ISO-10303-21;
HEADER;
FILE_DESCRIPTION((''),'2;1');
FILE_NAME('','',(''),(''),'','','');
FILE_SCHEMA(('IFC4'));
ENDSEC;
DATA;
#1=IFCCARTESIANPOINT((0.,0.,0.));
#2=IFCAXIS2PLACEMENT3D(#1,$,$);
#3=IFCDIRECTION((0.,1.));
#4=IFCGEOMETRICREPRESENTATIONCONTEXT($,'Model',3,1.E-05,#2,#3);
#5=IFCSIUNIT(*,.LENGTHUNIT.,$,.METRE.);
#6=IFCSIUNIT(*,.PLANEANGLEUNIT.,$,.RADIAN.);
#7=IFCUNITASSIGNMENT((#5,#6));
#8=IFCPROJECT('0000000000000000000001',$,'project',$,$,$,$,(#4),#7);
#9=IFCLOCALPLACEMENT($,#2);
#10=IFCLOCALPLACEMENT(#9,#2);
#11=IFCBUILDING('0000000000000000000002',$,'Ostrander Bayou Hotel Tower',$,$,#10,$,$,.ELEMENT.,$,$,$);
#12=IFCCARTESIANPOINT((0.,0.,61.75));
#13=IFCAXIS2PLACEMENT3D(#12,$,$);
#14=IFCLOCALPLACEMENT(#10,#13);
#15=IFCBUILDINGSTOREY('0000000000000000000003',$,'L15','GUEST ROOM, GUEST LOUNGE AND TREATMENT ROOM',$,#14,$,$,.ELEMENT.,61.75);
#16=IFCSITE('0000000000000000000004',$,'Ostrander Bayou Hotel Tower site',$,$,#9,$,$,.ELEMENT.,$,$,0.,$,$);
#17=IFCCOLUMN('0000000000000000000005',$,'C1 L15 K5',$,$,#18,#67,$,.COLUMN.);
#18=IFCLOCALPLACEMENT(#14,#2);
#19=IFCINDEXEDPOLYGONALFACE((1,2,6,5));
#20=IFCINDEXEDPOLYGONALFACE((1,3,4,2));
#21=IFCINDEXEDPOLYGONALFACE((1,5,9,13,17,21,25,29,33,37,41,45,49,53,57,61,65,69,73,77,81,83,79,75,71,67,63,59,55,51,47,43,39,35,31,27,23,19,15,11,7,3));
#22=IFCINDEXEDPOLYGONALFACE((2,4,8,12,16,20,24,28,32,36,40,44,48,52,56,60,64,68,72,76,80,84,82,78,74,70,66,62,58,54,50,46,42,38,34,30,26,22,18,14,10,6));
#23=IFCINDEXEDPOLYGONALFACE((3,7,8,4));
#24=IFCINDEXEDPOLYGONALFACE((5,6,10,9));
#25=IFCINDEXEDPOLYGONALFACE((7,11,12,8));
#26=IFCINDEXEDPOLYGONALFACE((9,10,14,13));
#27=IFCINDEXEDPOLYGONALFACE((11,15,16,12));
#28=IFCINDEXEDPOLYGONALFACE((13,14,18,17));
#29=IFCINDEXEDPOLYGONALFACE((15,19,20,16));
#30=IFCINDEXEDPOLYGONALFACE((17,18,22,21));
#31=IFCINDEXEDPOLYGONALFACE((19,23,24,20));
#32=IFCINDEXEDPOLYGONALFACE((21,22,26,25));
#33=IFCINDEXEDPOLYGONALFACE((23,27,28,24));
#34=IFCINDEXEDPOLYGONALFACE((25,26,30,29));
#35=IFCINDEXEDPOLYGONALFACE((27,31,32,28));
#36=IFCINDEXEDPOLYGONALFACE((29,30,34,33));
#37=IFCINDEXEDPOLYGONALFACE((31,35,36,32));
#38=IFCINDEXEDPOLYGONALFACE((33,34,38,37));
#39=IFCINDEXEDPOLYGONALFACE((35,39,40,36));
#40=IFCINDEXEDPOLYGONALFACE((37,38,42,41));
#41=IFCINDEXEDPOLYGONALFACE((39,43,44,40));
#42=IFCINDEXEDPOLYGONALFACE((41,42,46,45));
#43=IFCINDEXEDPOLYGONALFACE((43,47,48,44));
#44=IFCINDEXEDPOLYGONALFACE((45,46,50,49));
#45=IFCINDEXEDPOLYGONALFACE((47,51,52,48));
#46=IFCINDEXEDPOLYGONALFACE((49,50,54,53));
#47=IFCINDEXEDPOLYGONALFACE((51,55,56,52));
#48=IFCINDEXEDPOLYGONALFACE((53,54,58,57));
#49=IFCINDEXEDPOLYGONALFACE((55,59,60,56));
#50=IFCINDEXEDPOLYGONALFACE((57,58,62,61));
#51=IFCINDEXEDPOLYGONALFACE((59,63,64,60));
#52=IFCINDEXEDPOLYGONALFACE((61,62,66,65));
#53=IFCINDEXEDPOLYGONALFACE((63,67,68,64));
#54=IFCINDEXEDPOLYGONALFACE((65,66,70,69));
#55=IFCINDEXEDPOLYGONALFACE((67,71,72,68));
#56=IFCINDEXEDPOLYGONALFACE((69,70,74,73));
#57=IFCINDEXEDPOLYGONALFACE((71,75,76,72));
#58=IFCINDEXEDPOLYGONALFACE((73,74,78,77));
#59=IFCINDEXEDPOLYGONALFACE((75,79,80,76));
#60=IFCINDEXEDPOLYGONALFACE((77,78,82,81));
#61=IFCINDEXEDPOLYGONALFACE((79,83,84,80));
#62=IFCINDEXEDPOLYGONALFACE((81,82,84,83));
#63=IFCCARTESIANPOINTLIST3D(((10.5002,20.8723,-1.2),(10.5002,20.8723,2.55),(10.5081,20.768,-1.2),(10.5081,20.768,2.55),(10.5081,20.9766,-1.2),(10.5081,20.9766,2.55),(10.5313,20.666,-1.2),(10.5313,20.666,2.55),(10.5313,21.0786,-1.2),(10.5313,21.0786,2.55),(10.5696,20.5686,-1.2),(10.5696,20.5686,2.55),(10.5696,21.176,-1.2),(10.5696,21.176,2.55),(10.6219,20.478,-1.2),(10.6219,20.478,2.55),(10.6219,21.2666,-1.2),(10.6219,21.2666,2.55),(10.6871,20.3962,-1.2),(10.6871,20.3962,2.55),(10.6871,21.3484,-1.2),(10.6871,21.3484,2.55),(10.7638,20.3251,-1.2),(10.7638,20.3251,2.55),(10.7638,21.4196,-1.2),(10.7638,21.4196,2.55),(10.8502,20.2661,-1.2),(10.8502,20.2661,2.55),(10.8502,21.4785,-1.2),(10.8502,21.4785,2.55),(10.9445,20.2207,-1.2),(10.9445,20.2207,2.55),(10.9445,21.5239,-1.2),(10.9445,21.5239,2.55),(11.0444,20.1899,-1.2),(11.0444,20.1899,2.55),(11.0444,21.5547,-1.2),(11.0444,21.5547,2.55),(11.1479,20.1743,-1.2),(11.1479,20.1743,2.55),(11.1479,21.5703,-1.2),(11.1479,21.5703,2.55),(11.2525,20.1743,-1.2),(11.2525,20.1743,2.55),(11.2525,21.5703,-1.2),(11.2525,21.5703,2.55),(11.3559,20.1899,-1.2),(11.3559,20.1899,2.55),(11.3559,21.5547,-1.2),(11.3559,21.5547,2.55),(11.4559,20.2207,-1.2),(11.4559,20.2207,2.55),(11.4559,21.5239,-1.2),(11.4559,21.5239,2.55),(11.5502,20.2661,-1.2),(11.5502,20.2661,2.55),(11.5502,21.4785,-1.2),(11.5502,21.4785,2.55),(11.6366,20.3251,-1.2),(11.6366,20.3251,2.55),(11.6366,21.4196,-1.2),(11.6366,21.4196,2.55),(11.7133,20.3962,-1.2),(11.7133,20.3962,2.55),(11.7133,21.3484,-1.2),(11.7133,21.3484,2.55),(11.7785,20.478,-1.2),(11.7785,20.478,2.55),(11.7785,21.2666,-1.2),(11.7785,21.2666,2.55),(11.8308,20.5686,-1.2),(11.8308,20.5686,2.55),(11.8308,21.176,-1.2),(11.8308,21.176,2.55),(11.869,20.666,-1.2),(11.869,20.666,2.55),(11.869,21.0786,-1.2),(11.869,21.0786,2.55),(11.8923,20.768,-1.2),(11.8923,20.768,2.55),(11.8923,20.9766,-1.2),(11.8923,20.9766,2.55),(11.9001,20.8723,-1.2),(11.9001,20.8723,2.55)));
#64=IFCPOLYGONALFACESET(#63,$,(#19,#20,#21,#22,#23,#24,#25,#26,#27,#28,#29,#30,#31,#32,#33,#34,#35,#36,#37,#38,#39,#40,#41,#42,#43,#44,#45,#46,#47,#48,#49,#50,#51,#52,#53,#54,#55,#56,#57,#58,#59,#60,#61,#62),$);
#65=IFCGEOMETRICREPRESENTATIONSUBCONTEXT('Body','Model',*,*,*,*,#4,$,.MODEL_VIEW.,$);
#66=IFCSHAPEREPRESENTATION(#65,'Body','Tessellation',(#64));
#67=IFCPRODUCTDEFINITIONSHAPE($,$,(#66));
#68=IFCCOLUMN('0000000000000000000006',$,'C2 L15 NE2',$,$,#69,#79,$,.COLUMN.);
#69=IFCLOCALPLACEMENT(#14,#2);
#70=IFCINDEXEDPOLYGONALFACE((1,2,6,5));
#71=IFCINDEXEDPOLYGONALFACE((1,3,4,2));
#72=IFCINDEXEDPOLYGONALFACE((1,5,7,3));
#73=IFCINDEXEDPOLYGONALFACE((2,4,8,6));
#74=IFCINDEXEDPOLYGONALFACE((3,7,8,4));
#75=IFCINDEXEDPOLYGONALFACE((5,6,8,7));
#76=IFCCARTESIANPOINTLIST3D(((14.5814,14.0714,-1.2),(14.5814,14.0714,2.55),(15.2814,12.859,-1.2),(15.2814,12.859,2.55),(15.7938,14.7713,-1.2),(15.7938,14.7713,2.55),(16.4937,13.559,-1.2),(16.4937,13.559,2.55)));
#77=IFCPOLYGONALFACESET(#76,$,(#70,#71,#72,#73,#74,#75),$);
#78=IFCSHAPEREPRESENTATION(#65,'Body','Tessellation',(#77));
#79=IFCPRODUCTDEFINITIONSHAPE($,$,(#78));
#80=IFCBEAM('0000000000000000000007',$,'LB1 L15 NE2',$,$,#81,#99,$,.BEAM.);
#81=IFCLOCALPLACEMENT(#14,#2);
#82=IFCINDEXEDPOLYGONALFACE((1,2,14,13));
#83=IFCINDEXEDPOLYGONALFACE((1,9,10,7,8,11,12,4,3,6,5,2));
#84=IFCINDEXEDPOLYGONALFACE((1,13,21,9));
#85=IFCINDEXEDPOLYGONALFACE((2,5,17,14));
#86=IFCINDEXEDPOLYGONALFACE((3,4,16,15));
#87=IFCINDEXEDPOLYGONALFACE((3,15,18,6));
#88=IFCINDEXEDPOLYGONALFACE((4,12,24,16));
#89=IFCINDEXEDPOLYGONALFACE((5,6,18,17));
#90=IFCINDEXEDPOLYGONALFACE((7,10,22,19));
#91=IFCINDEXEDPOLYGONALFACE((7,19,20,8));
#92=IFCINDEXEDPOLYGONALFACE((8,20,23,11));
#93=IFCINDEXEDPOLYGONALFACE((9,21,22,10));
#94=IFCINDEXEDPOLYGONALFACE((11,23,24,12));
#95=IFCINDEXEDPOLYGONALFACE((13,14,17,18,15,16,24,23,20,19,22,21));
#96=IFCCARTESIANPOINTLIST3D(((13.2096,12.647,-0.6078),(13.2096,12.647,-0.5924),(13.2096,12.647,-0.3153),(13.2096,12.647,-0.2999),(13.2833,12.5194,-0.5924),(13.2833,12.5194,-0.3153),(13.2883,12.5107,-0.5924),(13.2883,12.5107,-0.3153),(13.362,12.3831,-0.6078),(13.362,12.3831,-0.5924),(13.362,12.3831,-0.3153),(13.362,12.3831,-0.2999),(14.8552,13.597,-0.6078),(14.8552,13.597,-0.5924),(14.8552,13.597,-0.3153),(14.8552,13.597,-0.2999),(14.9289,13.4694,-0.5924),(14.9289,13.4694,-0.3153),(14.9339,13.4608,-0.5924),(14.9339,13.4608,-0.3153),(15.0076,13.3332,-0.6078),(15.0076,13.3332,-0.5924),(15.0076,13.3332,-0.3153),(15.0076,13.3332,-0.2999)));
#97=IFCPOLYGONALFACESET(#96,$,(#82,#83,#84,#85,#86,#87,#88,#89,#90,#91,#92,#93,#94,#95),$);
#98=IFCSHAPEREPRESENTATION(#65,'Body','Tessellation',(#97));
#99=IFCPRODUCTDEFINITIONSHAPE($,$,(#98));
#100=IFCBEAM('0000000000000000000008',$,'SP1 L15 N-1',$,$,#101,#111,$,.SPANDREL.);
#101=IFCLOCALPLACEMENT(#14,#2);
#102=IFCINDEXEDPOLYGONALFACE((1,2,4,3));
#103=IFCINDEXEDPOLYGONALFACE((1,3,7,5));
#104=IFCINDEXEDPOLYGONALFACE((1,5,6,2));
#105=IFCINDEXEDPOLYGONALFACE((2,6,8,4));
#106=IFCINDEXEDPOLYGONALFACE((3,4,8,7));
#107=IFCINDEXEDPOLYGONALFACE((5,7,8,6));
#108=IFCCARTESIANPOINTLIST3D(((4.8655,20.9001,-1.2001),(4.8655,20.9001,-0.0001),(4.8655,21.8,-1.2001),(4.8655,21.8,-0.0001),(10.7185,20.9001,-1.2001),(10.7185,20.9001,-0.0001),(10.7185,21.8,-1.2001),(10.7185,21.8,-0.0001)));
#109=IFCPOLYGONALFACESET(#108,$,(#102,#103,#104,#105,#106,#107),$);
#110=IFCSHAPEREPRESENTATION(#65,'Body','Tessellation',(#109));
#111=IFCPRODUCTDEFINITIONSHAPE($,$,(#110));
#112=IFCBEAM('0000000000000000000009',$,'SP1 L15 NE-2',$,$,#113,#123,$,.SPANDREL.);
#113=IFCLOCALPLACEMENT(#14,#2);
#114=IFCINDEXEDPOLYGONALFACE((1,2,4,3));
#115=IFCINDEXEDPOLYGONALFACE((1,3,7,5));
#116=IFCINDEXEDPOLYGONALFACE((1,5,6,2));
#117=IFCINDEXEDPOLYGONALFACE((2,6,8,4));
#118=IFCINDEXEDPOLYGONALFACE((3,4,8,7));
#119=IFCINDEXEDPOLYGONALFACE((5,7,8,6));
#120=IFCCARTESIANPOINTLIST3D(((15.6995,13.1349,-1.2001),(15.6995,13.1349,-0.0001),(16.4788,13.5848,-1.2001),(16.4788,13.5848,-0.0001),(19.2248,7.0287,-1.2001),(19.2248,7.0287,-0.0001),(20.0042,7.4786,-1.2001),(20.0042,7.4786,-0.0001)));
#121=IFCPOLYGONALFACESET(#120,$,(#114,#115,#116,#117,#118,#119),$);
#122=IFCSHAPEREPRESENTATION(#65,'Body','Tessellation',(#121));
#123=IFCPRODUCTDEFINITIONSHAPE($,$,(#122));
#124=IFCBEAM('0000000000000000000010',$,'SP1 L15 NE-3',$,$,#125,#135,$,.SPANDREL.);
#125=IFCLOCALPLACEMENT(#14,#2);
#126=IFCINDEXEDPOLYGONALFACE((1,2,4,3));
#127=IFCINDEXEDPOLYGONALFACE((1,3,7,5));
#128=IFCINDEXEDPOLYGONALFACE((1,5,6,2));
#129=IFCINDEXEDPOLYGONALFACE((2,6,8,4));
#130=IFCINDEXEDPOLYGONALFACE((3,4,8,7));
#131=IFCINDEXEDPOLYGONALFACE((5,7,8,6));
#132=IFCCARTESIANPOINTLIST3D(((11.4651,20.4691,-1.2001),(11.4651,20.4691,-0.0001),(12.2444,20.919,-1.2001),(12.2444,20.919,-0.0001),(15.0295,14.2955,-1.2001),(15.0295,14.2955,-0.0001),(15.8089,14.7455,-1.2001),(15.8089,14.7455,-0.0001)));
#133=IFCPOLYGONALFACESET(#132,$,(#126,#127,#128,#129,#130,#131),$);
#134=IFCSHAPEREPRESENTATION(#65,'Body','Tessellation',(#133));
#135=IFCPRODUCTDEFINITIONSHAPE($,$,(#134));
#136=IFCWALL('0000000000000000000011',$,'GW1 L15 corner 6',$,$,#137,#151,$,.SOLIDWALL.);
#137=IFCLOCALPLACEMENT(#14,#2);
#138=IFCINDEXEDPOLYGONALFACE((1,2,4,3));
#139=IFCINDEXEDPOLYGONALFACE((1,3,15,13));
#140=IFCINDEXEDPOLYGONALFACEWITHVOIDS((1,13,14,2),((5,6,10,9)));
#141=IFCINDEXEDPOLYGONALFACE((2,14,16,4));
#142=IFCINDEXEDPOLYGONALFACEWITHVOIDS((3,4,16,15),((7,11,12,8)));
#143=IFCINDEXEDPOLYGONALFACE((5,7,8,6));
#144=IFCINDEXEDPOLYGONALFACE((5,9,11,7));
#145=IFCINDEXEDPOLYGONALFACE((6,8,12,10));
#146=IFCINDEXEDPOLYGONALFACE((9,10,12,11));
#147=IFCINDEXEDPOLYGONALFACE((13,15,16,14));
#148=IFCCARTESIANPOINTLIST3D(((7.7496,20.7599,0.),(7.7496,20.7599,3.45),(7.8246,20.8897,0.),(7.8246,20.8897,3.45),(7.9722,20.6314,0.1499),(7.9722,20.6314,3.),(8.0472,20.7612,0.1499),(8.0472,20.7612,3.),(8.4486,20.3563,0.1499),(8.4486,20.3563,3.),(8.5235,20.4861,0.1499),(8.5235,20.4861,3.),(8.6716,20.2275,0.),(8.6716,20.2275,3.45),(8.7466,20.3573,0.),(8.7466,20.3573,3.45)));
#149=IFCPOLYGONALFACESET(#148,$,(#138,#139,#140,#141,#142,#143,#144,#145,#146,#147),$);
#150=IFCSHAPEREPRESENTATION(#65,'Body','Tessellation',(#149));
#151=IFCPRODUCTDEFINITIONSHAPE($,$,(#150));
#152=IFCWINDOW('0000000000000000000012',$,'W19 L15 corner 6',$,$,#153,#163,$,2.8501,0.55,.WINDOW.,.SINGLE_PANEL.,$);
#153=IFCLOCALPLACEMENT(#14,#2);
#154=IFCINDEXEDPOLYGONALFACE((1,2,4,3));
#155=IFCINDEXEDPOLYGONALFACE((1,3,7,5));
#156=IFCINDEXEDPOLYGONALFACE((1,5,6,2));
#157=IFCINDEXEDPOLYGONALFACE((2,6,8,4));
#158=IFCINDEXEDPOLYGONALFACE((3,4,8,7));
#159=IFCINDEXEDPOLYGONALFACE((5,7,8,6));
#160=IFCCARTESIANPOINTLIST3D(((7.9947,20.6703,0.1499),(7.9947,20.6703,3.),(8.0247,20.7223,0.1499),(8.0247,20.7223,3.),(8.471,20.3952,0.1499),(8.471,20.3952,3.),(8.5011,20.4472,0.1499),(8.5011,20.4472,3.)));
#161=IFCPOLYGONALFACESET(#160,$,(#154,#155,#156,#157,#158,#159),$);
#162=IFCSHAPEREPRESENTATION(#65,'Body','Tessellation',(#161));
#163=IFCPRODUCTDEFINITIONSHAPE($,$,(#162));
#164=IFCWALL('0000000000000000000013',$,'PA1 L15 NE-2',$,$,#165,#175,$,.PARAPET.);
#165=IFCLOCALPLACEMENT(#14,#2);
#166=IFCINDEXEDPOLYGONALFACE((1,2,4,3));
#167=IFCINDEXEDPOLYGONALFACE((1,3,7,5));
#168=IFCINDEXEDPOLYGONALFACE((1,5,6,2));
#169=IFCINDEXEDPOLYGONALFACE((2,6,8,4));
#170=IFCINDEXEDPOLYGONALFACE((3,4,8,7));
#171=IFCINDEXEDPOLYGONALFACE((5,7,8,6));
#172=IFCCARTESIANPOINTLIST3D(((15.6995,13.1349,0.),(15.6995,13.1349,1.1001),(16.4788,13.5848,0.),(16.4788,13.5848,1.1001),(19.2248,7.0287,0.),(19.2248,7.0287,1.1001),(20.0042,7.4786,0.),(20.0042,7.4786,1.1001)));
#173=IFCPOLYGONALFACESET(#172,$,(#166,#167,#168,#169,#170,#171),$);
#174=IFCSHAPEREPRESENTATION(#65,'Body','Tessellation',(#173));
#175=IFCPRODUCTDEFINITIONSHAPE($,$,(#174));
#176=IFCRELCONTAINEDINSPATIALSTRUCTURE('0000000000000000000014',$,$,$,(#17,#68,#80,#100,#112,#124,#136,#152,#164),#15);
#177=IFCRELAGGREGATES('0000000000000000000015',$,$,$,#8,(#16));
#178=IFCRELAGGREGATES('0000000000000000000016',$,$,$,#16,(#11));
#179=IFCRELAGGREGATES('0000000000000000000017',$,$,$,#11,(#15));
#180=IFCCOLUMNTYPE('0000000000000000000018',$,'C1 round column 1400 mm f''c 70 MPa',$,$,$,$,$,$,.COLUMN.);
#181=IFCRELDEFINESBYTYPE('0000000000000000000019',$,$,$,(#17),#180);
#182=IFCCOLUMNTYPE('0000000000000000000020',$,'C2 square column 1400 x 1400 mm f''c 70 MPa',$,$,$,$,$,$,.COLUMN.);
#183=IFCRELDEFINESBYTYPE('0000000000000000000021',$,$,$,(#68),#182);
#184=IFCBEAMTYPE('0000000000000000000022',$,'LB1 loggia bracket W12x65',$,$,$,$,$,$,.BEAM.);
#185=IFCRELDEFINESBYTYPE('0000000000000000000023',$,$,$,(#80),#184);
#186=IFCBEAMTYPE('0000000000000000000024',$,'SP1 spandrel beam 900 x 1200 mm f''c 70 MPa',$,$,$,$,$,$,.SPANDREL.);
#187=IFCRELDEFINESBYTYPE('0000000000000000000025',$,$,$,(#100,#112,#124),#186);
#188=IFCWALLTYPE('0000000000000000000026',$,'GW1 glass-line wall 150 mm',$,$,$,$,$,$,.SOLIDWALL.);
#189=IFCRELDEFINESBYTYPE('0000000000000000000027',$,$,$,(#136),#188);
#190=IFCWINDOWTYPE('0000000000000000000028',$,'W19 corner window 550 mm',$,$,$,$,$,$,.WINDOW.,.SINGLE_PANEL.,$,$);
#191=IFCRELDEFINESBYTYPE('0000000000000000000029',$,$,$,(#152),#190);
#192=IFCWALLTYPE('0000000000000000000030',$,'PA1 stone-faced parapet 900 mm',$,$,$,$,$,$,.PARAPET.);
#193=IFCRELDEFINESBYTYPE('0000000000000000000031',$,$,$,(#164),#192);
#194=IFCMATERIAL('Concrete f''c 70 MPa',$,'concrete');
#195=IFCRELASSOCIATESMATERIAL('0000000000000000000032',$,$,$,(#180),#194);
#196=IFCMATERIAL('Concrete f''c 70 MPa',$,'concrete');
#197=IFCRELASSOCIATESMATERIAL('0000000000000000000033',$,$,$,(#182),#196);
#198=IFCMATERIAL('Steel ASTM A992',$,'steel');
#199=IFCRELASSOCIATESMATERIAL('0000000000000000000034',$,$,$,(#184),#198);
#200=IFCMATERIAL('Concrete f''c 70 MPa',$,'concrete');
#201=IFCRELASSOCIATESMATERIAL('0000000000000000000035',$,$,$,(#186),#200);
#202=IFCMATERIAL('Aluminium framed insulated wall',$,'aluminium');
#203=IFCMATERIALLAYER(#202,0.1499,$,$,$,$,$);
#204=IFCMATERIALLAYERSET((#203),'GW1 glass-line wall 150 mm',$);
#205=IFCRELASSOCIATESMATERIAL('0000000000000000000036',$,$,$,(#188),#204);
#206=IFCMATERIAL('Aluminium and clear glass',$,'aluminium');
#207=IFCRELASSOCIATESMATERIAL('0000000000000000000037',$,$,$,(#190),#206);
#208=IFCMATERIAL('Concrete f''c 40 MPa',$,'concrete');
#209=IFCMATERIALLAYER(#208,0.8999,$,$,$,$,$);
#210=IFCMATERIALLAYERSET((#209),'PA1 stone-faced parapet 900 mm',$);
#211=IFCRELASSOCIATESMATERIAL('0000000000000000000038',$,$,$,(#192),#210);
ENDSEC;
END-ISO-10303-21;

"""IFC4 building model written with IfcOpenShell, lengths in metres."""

from ifc_helpers import new_model, si_unit, direction, frame, frame_2d, origin, origin_2d, place, context, subcontext, project, spatial, rectangle, circle, i_section, extrude, material, layer, layer_set, material_profile, profile_set, type_object, element, fill, save


model = new_model("IFC4")

# Units and contexts
model_context = context("Model", 3, precision=1e-05, world=origin(), true_north=direction((0.0, 1.0)))
body_context = subcontext(model_context, "Body", "Model", "MODEL_VIEW")
ifc_project = project(units=[si_unit("LENGTHUNIT", "METRE"), si_unit("PLANEANGLEUNIT", "RADIAN")], contexts=[model_context])

# Site, building, storey
site_placement = place(None, origin())
site = spatial("IfcSite", under=ifc_project, at=site_placement, Name="Ostrander Bayou Hotel Tower site", CompositionType="ELEMENT", RefElevation=0.0)
building_placement = place(site_placement, origin())
building = spatial("IfcBuilding", under=site, at=building_placement, Name="Ostrander Bayou Hotel Tower", CompositionType="ELEMENT")
storey_placement = place(building_placement, frame((0.0, 0.0, 61.75)))
storey = spatial("IfcBuildingStorey", under=building, at=storey_placement, Name="L15", Description="GUEST ROOM, GUEST LOUNGE AND TREATMENT ROOM", CompositionType="ELEMENT", Elevation=61.75)

# Columns
ifc_material_1 = material(Name="Concrete f'c 70 MPa", Category="concrete")
ifc_material_profile_1 = material_profile(ifc_material_1, circle(Radius=0.7, at=origin_2d()))
ifc_profile_set_1 = profile_set([ifc_material_profile_1], Name="Concrete f'c 70 MPa")
column_type_1 = type_object("IfcColumnType", Name="C1 round column 1400 mm f'c 70 MPa", PredefinedType="COLUMN", material=ifc_profile_set_1)
column_1_placement = place(storey_placement, frame((11.2002, 20.8723, -1.2), z_axis=(0.0, 0.0, 1.0), x_axis=(1.0, 0.0, 0.0)))
element("IfcColumn", 1, at=column_1_placement, inside=storey, type_object=column_type_1, Name="C1 L15 K5", PredefinedType="COLUMN", context=body_context, shape_type="SweptSolid", body=[
    extrude(circle(Radius=0.7, at=origin_2d()), origin(), (0.0, 0.0, 1.0), 3.75),
])
ifc_material_2 = material(Name="Concrete f'c 70 MPa", Category="concrete")
ifc_material_profile_2 = material_profile(ifc_material_2, rectangle(XDim=1.3999, YDim=1.3999, at=origin_2d()))
ifc_profile_set_2 = profile_set([ifc_material_profile_2], Name="Concrete f'c 70 MPa")
column_type_2 = type_object("IfcColumnType", Name="C2 square column 1400 x 1400 mm f'c 70 MPa", PredefinedType="COLUMN", material=ifc_profile_set_2)
column_2_placement = place(storey_placement, frame((15.5376, 13.8152, -1.2), z_axis=(0.0, 0.0, 1.0), x_axis=(0.5, -0.866025, 0.0)))
element("IfcColumn", 2, at=column_2_placement, inside=storey, type_object=column_type_2, Name="C2 L15 NE2", PredefinedType="COLUMN", context=body_context, shape_type="SweptSolid", body=[
    extrude(rectangle(XDim=1.3999, YDim=1.3999, at=origin_2d()), origin(), (0.0, 0.0, 1.0), 3.75),
])

# Beams
ifc_material_3 = material(Name="Steel ASTM A992", Category="steel")
ifc_material_profile_3 = material_profile(ifc_material_3, i_section(OverallWidth=0.3047, OverallDepth=0.3079, WebThickness=0.01, FlangeThickness=0.0154, at=origin_2d()))
ifc_profile_set_3 = profile_set([ifc_material_profile_3], Name="Steel ASTM A992")
beam_type_1 = type_object("IfcBeamType", Name="LB1 loggia bracket W12x65", PredefinedType="BEAM", material=ifc_profile_set_3)
beam_1_placement = place(storey_placement, frame((14.9314, 13.4651, -0.4539), z_axis=(-0.866044, -0.499967, 0.0), x_axis=(0.499967, -0.866044, 0.0)))
element("IfcBeam", 3, at=beam_1_placement, inside=storey, type_object=beam_type_1, Name="LB1 L15 NE2", PredefinedType="BEAM", context=body_context, shape_type="SweptSolid", body=[
    extrude(i_section(OverallWidth=0.3047, OverallDepth=0.3079, WebThickness=0.01, FlangeThickness=0.0154, at=origin_2d()), origin(), (0.0, 0.0, 1.0), 1.9001),
])
ifc_material_4 = material(Name="Concrete f'c 70 MPa", Category="concrete")
ifc_material_profile_4 = material_profile(ifc_material_4, rectangle(XDim=0.8999, YDim=1.2, at=origin_2d()))
ifc_profile_set_4 = profile_set([ifc_material_profile_4], Name="Concrete f'c 70 MPa")
beam_type_2 = type_object("IfcBeamType", Name="SP1 spandrel beam 900 x 1200 mm f'c 70 MPa", PredefinedType="SPANDREL", material=ifc_profile_set_4)
beam_2_placement = place(storey_placement, frame((10.7185, 21.3501, -0.6001), z_axis=(-1.0, 0.0, 0.0), x_axis=(0.0, -1.0, 0.0)))
element("IfcBeam", 4, at=beam_2_placement, inside=storey, type_object=beam_type_2, Name="SP1 L15 N-1", PredefinedType="SPANDREL", context=body_context, shape_type="SweptSolid", body=[
    extrude(rectangle(XDim=0.8999, YDim=1.2, at=origin_2d()), origin(), (0.0, 0.0, 1.0), 5.853),
])
beam_3_placement = place(storey_placement, frame((19.6145, 7.2537, -0.6001), z_axis=(-0.499997, 0.866027, 0.0), x_axis=(-0.866027, -0.499997, 0.0)))
element("IfcBeam", 5, at=beam_3_placement, inside=storey, type_object=beam_type_2, Name="SP1 L15 NE-2", PredefinedType="SPANDREL", context=body_context, shape_type="SweptSolid", body=[
    extrude(rectangle(XDim=0.8999, YDim=1.2, at=origin_2d()), origin(), (0.0, 0.0, 1.0), 7.0508),
])
beam_4_placement = place(storey_placement, frame((15.4192, 14.5205, -0.6001), z_axis=(-0.500014, 0.866017, 0.0), x_axis=(-0.866017, -0.500014, 0.0)))
element("IfcBeam", 6, at=beam_4_placement, inside=storey, type_object=beam_type_2, Name="SP1 L15 NE-3", PredefinedType="SPANDREL", context=body_context, shape_type="SweptSolid", body=[
    extrude(rectangle(XDim=0.8999, YDim=1.2, at=origin_2d()), origin(), (0.0, 0.0, 1.0), 7.1287),
])

# Wall, opening, window
ifc_material_5 = material(Name="Aluminium framed insulated wall", Category="aluminium")
ifc_layer_1 = layer(ifc_material_5, 0.1499)
ifc_layer_set_1 = layer_set([ifc_layer_1], Name="GW1 glass-line wall 150 mm")
wall_type_1 = type_object("IfcWallType", Name="GW1 glass-line wall 150 mm", PredefinedType="SOLIDWALL", material=ifc_layer_set_1)
wall_1_placement = place(storey_placement, frame((8.709, 20.2925, 0.0), z_axis=(0.0, 0.0, 1.0), x_axis=(-0.865991, 0.50006, 0.0)))
wall_1 = element("IfcWall", 7, at=wall_1_placement, inside=storey, type_object=wall_type_1, Name="GW1 L15 corner 6", PredefinedType="SOLIDWALL", context=body_context, shape_type="SweptSolid", body=[
    extrude(rectangle(XDim=1.0647, YDim=0.1499, at=frame_2d((0.5322, 0.0))), origin(), (0.0, 0.0, 1.0), 3.45),
])
opening_1_placement = place(wall_1_placement, frame((0.2576, 0.0, 0.1499)))
opening_1 = element("IfcOpeningElement", 8, at=opening_1_placement, cuts=wall_1, PredefinedType="OPENING", context=body_context, shape_type="SweptSolid", body=[
    extrude(rectangle(XDim=0.55, YDim=2.8501, at=frame_2d((0.2749, 1.425))), frame((0.0, 0.075, 0.0), z_axis=(0.0, -1.0, 0.0), x_axis=(1.0, 0.0, 0.0)), (0.0, 0.0, 1.0), 0.1499),
])
ifc_material_6 = material(Name="Aluminium and clear glass", Category="aluminium")
window_type_1 = type_object("IfcWindowType", Name="W19 corner window 550 mm", PartitioningType="SINGLE_PANEL", PredefinedType="WINDOW", material=ifc_material_6)
window_1_placement = place(opening_1_placement, origin())
window_1 = element("IfcWindow", 9, at=window_1_placement, inside=storey, type_object=window_type_1, Name="W19 L15 corner 6", OverallHeight=2.8501, OverallWidth=0.55, PartitioningType="SINGLE_PANEL", PredefinedType="WINDOW", context=body_context, shape_type="SweptSolid", body=[
    extrude(rectangle(XDim=0.55, YDim=2.8501, at=frame_2d((0.2749, 1.425))), frame((0.0, 0.03, 0.0), z_axis=(0.0, -1.0, 0.0), x_axis=(1.0, 0.0, 0.0)), (0.0, 0.0, 1.0), 0.0601),
])
fill(opening_1, window_1)

# Wall
ifc_material_7 = material(Name="Concrete f'c 40 MPa", Category="concrete")
ifc_layer_2 = layer(ifc_material_7, 0.8999)
ifc_layer_set_2 = layer_set([ifc_layer_2], Name="PA1 stone-faced parapet 900 mm")
wall_type_2 = type_object("IfcWallType", Name="PA1 stone-faced parapet 900 mm", PredefinedType="PARAPET", material=ifc_layer_set_2)
wall_2_placement = place(storey_placement, frame((19.6145, 7.2537, 0.0), z_axis=(0.0, 0.0, 1.0), x_axis=(-0.499997, 0.866027, 0.0)))
element("IfcWall", 10, at=wall_2_placement, inside=storey, type_object=wall_type_2, Name="PA1 L15 NE-2", PredefinedType="PARAPET", context=body_context, shape_type="SweptSolid", body=[
    extrude(rectangle(XDim=7.0508, YDim=0.8999, at=frame_2d((3.5254, 0.0))), origin(), (0.0, 0.0, 1.0), 1.1001),
])

save(model, "model.ifc")
